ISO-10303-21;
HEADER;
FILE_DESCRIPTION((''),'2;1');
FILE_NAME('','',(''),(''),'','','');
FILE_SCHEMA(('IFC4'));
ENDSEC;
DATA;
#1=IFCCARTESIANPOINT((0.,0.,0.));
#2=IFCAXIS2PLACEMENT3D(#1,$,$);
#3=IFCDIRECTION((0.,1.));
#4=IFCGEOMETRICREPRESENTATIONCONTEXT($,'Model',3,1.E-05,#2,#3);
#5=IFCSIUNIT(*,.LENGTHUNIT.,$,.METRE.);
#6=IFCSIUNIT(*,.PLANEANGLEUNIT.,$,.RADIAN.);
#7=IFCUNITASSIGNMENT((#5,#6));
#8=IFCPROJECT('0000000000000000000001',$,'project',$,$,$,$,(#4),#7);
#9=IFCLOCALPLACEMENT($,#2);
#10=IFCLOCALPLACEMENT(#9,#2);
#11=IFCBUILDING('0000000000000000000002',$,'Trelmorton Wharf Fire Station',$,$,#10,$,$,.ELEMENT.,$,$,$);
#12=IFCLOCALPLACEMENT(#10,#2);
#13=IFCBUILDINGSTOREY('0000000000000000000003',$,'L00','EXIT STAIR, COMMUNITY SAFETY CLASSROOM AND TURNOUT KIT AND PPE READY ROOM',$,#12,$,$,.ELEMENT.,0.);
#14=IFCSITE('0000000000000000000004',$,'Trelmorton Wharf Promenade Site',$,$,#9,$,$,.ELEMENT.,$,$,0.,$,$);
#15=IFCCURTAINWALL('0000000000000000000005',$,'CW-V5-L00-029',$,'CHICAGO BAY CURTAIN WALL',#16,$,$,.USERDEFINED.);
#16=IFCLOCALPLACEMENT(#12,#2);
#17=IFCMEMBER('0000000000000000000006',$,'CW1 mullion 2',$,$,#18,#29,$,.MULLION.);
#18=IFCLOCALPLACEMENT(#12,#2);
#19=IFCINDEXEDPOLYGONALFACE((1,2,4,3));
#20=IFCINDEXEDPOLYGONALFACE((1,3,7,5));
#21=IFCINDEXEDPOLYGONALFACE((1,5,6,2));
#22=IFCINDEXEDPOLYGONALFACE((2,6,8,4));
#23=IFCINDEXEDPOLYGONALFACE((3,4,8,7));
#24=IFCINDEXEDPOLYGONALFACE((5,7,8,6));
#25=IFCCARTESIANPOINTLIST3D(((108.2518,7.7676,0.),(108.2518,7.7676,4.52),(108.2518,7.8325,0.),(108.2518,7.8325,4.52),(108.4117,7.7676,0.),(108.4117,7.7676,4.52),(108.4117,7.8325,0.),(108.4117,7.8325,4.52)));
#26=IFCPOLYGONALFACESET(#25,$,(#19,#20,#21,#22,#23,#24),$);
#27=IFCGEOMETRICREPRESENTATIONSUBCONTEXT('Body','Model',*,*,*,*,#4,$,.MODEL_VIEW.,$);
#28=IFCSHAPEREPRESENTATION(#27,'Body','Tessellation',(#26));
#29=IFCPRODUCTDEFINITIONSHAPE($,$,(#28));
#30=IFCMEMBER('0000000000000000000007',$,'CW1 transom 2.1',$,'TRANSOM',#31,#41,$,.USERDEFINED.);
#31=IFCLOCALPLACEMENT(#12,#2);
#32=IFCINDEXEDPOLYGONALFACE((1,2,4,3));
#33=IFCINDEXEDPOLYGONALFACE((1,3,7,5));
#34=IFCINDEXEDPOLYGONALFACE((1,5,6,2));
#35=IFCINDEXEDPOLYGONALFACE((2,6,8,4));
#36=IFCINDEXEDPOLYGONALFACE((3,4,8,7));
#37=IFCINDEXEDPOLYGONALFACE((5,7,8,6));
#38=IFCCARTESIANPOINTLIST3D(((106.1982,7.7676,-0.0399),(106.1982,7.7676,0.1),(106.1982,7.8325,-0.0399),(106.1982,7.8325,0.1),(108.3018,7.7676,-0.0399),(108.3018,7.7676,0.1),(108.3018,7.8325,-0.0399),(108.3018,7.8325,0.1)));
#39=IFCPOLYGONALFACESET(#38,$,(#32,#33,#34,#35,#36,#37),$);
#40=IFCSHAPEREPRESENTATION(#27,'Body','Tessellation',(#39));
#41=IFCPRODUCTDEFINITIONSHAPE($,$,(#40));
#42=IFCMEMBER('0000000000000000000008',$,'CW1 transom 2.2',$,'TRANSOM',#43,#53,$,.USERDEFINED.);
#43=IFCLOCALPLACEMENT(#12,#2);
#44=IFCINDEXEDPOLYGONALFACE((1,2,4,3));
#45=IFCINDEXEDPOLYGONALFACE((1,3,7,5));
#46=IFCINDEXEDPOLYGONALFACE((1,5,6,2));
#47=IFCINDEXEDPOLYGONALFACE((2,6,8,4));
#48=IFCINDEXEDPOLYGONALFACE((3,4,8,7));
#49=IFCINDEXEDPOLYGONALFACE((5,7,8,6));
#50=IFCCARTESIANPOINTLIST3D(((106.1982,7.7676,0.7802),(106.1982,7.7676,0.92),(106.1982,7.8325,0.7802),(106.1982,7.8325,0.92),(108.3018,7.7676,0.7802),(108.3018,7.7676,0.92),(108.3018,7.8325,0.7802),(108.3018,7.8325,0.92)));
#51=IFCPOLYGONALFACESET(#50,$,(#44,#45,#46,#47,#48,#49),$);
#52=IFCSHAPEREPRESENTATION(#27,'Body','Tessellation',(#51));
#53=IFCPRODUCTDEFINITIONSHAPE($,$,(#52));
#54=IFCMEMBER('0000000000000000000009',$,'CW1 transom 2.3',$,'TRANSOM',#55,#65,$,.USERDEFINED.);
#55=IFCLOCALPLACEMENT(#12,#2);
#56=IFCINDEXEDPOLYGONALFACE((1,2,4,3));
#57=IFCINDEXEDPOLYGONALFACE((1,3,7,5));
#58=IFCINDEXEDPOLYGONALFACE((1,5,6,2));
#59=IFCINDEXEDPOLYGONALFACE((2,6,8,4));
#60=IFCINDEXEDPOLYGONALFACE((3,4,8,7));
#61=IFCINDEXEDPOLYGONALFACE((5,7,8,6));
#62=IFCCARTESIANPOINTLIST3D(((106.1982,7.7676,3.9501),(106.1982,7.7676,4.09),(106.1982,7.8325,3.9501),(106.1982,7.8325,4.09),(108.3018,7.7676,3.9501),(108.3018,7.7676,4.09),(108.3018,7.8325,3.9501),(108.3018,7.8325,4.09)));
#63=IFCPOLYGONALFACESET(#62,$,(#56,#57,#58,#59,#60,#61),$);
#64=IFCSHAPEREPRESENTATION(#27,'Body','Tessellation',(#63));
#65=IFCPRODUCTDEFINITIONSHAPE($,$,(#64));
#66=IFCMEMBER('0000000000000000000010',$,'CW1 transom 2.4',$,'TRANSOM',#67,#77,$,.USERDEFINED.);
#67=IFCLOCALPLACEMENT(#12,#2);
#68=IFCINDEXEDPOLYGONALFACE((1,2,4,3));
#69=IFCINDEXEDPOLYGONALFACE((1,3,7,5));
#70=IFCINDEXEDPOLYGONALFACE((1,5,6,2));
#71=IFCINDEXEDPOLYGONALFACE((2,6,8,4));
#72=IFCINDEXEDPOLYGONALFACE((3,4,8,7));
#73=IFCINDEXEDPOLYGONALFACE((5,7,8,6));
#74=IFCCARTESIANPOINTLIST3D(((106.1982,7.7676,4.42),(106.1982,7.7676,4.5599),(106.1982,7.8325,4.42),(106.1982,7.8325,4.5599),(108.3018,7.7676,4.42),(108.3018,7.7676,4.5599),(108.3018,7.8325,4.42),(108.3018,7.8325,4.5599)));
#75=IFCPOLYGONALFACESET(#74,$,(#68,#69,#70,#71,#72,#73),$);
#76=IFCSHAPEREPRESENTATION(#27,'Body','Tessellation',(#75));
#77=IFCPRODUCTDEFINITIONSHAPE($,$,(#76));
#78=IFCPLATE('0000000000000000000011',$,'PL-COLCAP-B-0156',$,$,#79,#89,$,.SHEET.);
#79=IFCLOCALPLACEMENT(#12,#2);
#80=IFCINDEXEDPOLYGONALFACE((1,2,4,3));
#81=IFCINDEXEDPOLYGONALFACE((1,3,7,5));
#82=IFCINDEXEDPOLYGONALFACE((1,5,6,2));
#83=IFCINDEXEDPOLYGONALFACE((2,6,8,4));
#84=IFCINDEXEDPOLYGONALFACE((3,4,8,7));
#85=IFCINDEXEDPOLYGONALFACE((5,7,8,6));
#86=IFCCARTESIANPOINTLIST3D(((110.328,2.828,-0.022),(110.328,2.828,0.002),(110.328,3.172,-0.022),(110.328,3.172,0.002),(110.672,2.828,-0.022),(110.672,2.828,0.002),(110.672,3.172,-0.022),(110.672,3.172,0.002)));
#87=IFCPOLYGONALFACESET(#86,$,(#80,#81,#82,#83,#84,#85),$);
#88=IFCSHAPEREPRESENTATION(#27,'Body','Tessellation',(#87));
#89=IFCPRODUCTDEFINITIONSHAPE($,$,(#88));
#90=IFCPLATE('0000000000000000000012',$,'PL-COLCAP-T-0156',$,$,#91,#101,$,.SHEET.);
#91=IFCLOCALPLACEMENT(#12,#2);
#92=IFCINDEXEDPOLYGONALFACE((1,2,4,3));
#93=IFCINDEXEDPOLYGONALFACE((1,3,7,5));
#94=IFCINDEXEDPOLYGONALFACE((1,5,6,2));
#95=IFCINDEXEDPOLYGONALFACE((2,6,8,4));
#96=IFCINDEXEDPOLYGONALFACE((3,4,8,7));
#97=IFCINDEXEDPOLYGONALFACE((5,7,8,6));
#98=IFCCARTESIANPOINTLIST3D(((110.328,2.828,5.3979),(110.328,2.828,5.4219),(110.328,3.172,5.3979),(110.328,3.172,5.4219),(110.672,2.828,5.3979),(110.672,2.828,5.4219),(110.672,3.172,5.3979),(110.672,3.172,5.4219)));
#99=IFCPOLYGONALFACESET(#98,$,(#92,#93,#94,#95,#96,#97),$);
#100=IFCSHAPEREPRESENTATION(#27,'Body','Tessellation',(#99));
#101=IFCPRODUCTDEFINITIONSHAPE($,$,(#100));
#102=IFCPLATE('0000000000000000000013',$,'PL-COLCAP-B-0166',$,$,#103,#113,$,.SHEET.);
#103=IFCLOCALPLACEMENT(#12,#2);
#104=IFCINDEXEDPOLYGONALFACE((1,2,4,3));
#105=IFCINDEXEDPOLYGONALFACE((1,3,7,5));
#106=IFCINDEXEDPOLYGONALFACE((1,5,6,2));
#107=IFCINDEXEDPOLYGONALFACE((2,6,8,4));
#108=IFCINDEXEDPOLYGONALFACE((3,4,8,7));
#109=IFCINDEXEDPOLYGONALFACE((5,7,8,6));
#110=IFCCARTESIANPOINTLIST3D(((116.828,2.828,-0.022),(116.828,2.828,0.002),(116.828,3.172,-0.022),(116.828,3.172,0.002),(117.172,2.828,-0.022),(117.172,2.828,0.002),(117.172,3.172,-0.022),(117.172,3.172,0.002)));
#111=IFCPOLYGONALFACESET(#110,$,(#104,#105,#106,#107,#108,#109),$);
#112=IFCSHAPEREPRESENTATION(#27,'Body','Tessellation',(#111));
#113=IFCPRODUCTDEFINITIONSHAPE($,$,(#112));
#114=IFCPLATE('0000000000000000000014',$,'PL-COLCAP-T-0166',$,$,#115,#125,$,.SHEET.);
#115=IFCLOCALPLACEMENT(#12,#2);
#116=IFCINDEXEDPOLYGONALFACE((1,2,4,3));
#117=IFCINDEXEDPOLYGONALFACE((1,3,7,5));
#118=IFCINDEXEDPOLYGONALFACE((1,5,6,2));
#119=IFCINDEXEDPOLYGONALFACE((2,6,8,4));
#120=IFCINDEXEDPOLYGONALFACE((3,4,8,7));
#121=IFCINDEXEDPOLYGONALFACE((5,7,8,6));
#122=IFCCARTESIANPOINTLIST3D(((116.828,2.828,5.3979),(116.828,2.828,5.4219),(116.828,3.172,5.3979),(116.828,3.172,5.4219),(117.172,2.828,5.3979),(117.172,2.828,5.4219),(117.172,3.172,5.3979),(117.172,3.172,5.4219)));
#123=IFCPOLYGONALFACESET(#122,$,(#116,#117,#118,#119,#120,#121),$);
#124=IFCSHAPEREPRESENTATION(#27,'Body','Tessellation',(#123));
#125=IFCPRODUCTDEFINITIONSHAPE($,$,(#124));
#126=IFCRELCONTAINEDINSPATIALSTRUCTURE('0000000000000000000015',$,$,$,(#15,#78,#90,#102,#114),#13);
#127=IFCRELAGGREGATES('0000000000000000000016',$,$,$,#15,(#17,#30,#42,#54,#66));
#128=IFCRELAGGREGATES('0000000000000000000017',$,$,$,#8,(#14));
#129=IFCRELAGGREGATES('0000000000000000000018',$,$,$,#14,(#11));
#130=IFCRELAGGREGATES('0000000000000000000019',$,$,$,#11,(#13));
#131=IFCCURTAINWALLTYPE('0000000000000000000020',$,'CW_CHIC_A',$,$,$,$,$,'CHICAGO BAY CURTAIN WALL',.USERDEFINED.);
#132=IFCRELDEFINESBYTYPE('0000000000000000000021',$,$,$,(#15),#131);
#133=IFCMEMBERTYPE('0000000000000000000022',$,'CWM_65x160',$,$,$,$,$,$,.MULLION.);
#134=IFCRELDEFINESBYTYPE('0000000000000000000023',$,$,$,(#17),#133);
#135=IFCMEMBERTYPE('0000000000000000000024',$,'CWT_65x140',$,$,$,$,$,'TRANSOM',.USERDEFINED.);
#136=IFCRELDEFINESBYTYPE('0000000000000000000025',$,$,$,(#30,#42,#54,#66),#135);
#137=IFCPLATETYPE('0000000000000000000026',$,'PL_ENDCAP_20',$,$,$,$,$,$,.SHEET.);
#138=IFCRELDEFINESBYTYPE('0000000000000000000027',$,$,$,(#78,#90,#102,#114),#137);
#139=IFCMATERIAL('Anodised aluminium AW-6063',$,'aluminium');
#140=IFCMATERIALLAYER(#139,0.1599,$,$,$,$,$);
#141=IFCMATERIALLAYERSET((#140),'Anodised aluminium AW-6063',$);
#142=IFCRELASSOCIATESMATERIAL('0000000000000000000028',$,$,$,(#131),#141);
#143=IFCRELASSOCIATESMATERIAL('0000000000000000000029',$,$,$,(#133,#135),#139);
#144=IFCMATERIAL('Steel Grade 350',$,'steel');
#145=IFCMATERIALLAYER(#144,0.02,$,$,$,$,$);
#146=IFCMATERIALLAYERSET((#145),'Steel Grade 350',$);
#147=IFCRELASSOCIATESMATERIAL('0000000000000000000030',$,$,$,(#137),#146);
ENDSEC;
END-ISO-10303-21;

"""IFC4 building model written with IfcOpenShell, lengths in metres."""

from ifc_helpers import new_model, si_unit, direction, frame, origin, origin_2d, place, context, subcontext, project, spatial, rectangle, extrude, material, layer, layer_set, material_profile, profile_set, type_object, element, aggregate, save


model = new_model("IFC4")

# Units and contexts
model_context = context("Model", 3, precision=1e-05, world=origin(), true_north=direction((0.0, 1.0)))
body_context = subcontext(model_context, "Body", "Model", "MODEL_VIEW")
ifc_project = project(units=[si_unit("LENGTHUNIT", "METRE"), si_unit("PLANEANGLEUNIT", "RADIAN")], contexts=[model_context])

# Site, building, storey
site_placement = place(None, origin())
site = spatial("IfcSite", under=ifc_project, at=site_placement, Name="Trelmorton Wharf Promenade Site", CompositionType="ELEMENT", RefElevation=0.0)
building_placement = place(site_placement, origin())
building = spatial("IfcBuilding", under=site, at=building_placement, Name="Trelmorton Wharf Fire Station", CompositionType="ELEMENT")
storey_placement = place(building_placement, origin())
storey = spatial("IfcBuildingStorey", under=building, at=storey_placement, Name="L00", Description="EXIT STAIR, COMMUNITY SAFETY CLASSROOM AND TURNOUT KIT AND PPE READY ROOM", CompositionType="ELEMENT", Elevation=0.0)

# Shared definitions
ifc_material_1 = material(Name="Steel Grade 350", Category="steel")

# Curtain wall, members
ifc_material_2 = material(Name="Anodised aluminium AW-6063", Category="aluminium")
ifc_layer_1 = layer(ifc_material_2, 0.1599)
ifc_layer_set_1 = layer_set([ifc_layer_1], Name="Anodised aluminium AW-6063")
curtain_wall_type = type_object("IfcCurtainWallType", Name="CW_CHIC_A", ElementType="CHICAGO BAY CURTAIN WALL", PredefinedType="USERDEFINED", material=ifc_layer_set_1)
curtain_wall_placement = place(storey_placement, origin())
curtain_wall = element("IfcCurtainWall", 1, at=curtain_wall_placement, inside=storey, type_object=curtain_wall_type, Name="CW-V5-L00-029", ObjectType="CHICAGO BAY CURTAIN WALL", PredefinedType="USERDEFINED")
ifc_material_profile_1 = material_profile(ifc_material_2, rectangle(XDim=0.0649, YDim=0.1599, at=origin_2d()), Name="ALU-65x160")
ifc_profile_set_1 = profile_set([ifc_material_profile_1], Name="Anodised aluminium AW-6063")
member_type_1 = type_object("IfcMemberType", Name="CWM_65x160", PredefinedType="MULLION", material=ifc_profile_set_1)
member_1_placement = place(storey_placement, frame((108.3318, 7.8, 0.0), z_axis=(0.0, 0.0, 1.0), x_axis=(0.0, -1.0, 0.0)))
member_1 = element("IfcMember", 2, at=member_1_placement, type_object=member_type_1, Name="CW1 mullion 2", PredefinedType="MULLION", context=body_context, shape_type="SweptSolid", body=[
    extrude(rectangle(XDim=0.0649, YDim=0.1599, at=origin_2d()), origin(), (0.0, 0.0, 1.0), 4.52),
])
ifc_material_profile_2 = material_profile(ifc_material_2, rectangle(XDim=0.0649, YDim=0.1399, at=origin_2d()), Name="ALU-65x140")
ifc_profile_set_2 = profile_set([ifc_material_profile_2], Name="Anodised aluminium AW-6063")
member_type_2 = type_object("IfcMemberType", Name="CWT_65x140", ElementType="TRANSOM", PredefinedType="USERDEFINED", material=ifc_profile_set_2)
member_2_placement = place(storey_placement, frame((108.3018, 7.8, 0.03), z_axis=(-1.0, 0.0, 0.0), x_axis=(0.0, -1.0, 0.0)))
member_2 = element("IfcMember", 3, at=member_2_placement, type_object=member_type_2, Name="CW1 transom 2.1", ObjectType="TRANSOM", PredefinedType="USERDEFINED", context=body_context, shape_type="SweptSolid", body=[
    extrude(rectangle(XDim=0.0649, YDim=0.1399, at=origin_2d()), origin(), (0.0, 0.0, 1.0), 2.1035),
])
member_3_placement = place(storey_placement, frame((108.3018, 7.8, 0.8501), z_axis=(-1.0, 0.0, 0.0), x_axis=(0.0, -1.0, 0.0)))
member_3 = element("IfcMember", 4, at=member_3_placement, type_object=member_type_2, Name="CW1 transom 2.2", ObjectType="TRANSOM", PredefinedType="USERDEFINED", context=body_context, shape_type="SweptSolid", body=[
    extrude(rectangle(XDim=0.0649, YDim=0.1399, at=origin_2d()), origin(), (0.0, 0.0, 1.0), 2.1035),
])
member_4_placement = place(storey_placement, frame((108.3018, 7.8, 4.02), z_axis=(-1.0, 0.0, 0.0), x_axis=(0.0, -1.0, 0.0)))
member_4 = element("IfcMember", 5, at=member_4_placement, type_object=member_type_2, Name="CW1 transom 2.3", ObjectType="TRANSOM", PredefinedType="USERDEFINED", context=body_context, shape_type="SweptSolid", body=[
    extrude(rectangle(XDim=0.0649, YDim=0.1399, at=origin_2d()), origin(), (0.0, 0.0, 1.0), 2.1035),
])
member_5_placement = place(storey_placement, frame((108.3018, 7.8, 4.49), z_axis=(-1.0, 0.0, 0.0), x_axis=(0.0, -1.0, 0.0)))
member_5 = element("IfcMember", 6, at=member_5_placement, type_object=member_type_2, Name="CW1 transom 2.4", ObjectType="TRANSOM", PredefinedType="USERDEFINED", context=body_context, shape_type="SweptSolid", body=[
    extrude(rectangle(XDim=0.0649, YDim=0.1399, at=origin_2d()), origin(), (0.0, 0.0, 1.0), 2.1035),
])
aggregate(curtain_wall, [member_1, member_2, member_3, member_4, member_5])

# Plates
ifc_layer_2 = layer(ifc_material_1, 0.02)
ifc_layer_set_2 = layer_set([ifc_layer_2], Name="Steel Grade 350")
plate_type = type_object("IfcPlateType", Name="PL_ENDCAP_20", PredefinedType="SHEET", material=ifc_layer_set_2)
for number, where, z_axis, x_axis, name in (
    (7, (110.5, 3.0, -0.022), (0.0, 0.0, 1.0), (1.0, 0.0, 0.0), "PL-COLCAP-B-0156"),
    (8, (110.5, 3.0, 5.3979), (0.0, 0.0, 1.0), (1.0, 0.0, 0.0), "PL-COLCAP-T-0156"),
    (9, (117.0, 3.0, -0.022), (0.0, 0.0, 1.0), (1.0, 0.0, 0.0), "PL-COLCAP-B-0166"),
    (10, (117.0, 3.0, 5.3979), (0.0, 0.0, 1.0), (1.0, 0.0, 0.0), "PL-COLCAP-T-0166"),
):
    element("IfcPlate", number, at=place(storey_placement, frame(where, z_axis=z_axis, x_axis=x_axis)), inside=storey, type_object=plate_type, Name=name, PredefinedType="SHEET", context=body_context, shape_type="SweptSolid", body=[
        extrude(rectangle(XDim=0.344, YDim=0.344, at=origin_2d()), origin(), (0.0, 0.0, 1.0), 0.0239),
    ])

save(model, "model.ifc")
